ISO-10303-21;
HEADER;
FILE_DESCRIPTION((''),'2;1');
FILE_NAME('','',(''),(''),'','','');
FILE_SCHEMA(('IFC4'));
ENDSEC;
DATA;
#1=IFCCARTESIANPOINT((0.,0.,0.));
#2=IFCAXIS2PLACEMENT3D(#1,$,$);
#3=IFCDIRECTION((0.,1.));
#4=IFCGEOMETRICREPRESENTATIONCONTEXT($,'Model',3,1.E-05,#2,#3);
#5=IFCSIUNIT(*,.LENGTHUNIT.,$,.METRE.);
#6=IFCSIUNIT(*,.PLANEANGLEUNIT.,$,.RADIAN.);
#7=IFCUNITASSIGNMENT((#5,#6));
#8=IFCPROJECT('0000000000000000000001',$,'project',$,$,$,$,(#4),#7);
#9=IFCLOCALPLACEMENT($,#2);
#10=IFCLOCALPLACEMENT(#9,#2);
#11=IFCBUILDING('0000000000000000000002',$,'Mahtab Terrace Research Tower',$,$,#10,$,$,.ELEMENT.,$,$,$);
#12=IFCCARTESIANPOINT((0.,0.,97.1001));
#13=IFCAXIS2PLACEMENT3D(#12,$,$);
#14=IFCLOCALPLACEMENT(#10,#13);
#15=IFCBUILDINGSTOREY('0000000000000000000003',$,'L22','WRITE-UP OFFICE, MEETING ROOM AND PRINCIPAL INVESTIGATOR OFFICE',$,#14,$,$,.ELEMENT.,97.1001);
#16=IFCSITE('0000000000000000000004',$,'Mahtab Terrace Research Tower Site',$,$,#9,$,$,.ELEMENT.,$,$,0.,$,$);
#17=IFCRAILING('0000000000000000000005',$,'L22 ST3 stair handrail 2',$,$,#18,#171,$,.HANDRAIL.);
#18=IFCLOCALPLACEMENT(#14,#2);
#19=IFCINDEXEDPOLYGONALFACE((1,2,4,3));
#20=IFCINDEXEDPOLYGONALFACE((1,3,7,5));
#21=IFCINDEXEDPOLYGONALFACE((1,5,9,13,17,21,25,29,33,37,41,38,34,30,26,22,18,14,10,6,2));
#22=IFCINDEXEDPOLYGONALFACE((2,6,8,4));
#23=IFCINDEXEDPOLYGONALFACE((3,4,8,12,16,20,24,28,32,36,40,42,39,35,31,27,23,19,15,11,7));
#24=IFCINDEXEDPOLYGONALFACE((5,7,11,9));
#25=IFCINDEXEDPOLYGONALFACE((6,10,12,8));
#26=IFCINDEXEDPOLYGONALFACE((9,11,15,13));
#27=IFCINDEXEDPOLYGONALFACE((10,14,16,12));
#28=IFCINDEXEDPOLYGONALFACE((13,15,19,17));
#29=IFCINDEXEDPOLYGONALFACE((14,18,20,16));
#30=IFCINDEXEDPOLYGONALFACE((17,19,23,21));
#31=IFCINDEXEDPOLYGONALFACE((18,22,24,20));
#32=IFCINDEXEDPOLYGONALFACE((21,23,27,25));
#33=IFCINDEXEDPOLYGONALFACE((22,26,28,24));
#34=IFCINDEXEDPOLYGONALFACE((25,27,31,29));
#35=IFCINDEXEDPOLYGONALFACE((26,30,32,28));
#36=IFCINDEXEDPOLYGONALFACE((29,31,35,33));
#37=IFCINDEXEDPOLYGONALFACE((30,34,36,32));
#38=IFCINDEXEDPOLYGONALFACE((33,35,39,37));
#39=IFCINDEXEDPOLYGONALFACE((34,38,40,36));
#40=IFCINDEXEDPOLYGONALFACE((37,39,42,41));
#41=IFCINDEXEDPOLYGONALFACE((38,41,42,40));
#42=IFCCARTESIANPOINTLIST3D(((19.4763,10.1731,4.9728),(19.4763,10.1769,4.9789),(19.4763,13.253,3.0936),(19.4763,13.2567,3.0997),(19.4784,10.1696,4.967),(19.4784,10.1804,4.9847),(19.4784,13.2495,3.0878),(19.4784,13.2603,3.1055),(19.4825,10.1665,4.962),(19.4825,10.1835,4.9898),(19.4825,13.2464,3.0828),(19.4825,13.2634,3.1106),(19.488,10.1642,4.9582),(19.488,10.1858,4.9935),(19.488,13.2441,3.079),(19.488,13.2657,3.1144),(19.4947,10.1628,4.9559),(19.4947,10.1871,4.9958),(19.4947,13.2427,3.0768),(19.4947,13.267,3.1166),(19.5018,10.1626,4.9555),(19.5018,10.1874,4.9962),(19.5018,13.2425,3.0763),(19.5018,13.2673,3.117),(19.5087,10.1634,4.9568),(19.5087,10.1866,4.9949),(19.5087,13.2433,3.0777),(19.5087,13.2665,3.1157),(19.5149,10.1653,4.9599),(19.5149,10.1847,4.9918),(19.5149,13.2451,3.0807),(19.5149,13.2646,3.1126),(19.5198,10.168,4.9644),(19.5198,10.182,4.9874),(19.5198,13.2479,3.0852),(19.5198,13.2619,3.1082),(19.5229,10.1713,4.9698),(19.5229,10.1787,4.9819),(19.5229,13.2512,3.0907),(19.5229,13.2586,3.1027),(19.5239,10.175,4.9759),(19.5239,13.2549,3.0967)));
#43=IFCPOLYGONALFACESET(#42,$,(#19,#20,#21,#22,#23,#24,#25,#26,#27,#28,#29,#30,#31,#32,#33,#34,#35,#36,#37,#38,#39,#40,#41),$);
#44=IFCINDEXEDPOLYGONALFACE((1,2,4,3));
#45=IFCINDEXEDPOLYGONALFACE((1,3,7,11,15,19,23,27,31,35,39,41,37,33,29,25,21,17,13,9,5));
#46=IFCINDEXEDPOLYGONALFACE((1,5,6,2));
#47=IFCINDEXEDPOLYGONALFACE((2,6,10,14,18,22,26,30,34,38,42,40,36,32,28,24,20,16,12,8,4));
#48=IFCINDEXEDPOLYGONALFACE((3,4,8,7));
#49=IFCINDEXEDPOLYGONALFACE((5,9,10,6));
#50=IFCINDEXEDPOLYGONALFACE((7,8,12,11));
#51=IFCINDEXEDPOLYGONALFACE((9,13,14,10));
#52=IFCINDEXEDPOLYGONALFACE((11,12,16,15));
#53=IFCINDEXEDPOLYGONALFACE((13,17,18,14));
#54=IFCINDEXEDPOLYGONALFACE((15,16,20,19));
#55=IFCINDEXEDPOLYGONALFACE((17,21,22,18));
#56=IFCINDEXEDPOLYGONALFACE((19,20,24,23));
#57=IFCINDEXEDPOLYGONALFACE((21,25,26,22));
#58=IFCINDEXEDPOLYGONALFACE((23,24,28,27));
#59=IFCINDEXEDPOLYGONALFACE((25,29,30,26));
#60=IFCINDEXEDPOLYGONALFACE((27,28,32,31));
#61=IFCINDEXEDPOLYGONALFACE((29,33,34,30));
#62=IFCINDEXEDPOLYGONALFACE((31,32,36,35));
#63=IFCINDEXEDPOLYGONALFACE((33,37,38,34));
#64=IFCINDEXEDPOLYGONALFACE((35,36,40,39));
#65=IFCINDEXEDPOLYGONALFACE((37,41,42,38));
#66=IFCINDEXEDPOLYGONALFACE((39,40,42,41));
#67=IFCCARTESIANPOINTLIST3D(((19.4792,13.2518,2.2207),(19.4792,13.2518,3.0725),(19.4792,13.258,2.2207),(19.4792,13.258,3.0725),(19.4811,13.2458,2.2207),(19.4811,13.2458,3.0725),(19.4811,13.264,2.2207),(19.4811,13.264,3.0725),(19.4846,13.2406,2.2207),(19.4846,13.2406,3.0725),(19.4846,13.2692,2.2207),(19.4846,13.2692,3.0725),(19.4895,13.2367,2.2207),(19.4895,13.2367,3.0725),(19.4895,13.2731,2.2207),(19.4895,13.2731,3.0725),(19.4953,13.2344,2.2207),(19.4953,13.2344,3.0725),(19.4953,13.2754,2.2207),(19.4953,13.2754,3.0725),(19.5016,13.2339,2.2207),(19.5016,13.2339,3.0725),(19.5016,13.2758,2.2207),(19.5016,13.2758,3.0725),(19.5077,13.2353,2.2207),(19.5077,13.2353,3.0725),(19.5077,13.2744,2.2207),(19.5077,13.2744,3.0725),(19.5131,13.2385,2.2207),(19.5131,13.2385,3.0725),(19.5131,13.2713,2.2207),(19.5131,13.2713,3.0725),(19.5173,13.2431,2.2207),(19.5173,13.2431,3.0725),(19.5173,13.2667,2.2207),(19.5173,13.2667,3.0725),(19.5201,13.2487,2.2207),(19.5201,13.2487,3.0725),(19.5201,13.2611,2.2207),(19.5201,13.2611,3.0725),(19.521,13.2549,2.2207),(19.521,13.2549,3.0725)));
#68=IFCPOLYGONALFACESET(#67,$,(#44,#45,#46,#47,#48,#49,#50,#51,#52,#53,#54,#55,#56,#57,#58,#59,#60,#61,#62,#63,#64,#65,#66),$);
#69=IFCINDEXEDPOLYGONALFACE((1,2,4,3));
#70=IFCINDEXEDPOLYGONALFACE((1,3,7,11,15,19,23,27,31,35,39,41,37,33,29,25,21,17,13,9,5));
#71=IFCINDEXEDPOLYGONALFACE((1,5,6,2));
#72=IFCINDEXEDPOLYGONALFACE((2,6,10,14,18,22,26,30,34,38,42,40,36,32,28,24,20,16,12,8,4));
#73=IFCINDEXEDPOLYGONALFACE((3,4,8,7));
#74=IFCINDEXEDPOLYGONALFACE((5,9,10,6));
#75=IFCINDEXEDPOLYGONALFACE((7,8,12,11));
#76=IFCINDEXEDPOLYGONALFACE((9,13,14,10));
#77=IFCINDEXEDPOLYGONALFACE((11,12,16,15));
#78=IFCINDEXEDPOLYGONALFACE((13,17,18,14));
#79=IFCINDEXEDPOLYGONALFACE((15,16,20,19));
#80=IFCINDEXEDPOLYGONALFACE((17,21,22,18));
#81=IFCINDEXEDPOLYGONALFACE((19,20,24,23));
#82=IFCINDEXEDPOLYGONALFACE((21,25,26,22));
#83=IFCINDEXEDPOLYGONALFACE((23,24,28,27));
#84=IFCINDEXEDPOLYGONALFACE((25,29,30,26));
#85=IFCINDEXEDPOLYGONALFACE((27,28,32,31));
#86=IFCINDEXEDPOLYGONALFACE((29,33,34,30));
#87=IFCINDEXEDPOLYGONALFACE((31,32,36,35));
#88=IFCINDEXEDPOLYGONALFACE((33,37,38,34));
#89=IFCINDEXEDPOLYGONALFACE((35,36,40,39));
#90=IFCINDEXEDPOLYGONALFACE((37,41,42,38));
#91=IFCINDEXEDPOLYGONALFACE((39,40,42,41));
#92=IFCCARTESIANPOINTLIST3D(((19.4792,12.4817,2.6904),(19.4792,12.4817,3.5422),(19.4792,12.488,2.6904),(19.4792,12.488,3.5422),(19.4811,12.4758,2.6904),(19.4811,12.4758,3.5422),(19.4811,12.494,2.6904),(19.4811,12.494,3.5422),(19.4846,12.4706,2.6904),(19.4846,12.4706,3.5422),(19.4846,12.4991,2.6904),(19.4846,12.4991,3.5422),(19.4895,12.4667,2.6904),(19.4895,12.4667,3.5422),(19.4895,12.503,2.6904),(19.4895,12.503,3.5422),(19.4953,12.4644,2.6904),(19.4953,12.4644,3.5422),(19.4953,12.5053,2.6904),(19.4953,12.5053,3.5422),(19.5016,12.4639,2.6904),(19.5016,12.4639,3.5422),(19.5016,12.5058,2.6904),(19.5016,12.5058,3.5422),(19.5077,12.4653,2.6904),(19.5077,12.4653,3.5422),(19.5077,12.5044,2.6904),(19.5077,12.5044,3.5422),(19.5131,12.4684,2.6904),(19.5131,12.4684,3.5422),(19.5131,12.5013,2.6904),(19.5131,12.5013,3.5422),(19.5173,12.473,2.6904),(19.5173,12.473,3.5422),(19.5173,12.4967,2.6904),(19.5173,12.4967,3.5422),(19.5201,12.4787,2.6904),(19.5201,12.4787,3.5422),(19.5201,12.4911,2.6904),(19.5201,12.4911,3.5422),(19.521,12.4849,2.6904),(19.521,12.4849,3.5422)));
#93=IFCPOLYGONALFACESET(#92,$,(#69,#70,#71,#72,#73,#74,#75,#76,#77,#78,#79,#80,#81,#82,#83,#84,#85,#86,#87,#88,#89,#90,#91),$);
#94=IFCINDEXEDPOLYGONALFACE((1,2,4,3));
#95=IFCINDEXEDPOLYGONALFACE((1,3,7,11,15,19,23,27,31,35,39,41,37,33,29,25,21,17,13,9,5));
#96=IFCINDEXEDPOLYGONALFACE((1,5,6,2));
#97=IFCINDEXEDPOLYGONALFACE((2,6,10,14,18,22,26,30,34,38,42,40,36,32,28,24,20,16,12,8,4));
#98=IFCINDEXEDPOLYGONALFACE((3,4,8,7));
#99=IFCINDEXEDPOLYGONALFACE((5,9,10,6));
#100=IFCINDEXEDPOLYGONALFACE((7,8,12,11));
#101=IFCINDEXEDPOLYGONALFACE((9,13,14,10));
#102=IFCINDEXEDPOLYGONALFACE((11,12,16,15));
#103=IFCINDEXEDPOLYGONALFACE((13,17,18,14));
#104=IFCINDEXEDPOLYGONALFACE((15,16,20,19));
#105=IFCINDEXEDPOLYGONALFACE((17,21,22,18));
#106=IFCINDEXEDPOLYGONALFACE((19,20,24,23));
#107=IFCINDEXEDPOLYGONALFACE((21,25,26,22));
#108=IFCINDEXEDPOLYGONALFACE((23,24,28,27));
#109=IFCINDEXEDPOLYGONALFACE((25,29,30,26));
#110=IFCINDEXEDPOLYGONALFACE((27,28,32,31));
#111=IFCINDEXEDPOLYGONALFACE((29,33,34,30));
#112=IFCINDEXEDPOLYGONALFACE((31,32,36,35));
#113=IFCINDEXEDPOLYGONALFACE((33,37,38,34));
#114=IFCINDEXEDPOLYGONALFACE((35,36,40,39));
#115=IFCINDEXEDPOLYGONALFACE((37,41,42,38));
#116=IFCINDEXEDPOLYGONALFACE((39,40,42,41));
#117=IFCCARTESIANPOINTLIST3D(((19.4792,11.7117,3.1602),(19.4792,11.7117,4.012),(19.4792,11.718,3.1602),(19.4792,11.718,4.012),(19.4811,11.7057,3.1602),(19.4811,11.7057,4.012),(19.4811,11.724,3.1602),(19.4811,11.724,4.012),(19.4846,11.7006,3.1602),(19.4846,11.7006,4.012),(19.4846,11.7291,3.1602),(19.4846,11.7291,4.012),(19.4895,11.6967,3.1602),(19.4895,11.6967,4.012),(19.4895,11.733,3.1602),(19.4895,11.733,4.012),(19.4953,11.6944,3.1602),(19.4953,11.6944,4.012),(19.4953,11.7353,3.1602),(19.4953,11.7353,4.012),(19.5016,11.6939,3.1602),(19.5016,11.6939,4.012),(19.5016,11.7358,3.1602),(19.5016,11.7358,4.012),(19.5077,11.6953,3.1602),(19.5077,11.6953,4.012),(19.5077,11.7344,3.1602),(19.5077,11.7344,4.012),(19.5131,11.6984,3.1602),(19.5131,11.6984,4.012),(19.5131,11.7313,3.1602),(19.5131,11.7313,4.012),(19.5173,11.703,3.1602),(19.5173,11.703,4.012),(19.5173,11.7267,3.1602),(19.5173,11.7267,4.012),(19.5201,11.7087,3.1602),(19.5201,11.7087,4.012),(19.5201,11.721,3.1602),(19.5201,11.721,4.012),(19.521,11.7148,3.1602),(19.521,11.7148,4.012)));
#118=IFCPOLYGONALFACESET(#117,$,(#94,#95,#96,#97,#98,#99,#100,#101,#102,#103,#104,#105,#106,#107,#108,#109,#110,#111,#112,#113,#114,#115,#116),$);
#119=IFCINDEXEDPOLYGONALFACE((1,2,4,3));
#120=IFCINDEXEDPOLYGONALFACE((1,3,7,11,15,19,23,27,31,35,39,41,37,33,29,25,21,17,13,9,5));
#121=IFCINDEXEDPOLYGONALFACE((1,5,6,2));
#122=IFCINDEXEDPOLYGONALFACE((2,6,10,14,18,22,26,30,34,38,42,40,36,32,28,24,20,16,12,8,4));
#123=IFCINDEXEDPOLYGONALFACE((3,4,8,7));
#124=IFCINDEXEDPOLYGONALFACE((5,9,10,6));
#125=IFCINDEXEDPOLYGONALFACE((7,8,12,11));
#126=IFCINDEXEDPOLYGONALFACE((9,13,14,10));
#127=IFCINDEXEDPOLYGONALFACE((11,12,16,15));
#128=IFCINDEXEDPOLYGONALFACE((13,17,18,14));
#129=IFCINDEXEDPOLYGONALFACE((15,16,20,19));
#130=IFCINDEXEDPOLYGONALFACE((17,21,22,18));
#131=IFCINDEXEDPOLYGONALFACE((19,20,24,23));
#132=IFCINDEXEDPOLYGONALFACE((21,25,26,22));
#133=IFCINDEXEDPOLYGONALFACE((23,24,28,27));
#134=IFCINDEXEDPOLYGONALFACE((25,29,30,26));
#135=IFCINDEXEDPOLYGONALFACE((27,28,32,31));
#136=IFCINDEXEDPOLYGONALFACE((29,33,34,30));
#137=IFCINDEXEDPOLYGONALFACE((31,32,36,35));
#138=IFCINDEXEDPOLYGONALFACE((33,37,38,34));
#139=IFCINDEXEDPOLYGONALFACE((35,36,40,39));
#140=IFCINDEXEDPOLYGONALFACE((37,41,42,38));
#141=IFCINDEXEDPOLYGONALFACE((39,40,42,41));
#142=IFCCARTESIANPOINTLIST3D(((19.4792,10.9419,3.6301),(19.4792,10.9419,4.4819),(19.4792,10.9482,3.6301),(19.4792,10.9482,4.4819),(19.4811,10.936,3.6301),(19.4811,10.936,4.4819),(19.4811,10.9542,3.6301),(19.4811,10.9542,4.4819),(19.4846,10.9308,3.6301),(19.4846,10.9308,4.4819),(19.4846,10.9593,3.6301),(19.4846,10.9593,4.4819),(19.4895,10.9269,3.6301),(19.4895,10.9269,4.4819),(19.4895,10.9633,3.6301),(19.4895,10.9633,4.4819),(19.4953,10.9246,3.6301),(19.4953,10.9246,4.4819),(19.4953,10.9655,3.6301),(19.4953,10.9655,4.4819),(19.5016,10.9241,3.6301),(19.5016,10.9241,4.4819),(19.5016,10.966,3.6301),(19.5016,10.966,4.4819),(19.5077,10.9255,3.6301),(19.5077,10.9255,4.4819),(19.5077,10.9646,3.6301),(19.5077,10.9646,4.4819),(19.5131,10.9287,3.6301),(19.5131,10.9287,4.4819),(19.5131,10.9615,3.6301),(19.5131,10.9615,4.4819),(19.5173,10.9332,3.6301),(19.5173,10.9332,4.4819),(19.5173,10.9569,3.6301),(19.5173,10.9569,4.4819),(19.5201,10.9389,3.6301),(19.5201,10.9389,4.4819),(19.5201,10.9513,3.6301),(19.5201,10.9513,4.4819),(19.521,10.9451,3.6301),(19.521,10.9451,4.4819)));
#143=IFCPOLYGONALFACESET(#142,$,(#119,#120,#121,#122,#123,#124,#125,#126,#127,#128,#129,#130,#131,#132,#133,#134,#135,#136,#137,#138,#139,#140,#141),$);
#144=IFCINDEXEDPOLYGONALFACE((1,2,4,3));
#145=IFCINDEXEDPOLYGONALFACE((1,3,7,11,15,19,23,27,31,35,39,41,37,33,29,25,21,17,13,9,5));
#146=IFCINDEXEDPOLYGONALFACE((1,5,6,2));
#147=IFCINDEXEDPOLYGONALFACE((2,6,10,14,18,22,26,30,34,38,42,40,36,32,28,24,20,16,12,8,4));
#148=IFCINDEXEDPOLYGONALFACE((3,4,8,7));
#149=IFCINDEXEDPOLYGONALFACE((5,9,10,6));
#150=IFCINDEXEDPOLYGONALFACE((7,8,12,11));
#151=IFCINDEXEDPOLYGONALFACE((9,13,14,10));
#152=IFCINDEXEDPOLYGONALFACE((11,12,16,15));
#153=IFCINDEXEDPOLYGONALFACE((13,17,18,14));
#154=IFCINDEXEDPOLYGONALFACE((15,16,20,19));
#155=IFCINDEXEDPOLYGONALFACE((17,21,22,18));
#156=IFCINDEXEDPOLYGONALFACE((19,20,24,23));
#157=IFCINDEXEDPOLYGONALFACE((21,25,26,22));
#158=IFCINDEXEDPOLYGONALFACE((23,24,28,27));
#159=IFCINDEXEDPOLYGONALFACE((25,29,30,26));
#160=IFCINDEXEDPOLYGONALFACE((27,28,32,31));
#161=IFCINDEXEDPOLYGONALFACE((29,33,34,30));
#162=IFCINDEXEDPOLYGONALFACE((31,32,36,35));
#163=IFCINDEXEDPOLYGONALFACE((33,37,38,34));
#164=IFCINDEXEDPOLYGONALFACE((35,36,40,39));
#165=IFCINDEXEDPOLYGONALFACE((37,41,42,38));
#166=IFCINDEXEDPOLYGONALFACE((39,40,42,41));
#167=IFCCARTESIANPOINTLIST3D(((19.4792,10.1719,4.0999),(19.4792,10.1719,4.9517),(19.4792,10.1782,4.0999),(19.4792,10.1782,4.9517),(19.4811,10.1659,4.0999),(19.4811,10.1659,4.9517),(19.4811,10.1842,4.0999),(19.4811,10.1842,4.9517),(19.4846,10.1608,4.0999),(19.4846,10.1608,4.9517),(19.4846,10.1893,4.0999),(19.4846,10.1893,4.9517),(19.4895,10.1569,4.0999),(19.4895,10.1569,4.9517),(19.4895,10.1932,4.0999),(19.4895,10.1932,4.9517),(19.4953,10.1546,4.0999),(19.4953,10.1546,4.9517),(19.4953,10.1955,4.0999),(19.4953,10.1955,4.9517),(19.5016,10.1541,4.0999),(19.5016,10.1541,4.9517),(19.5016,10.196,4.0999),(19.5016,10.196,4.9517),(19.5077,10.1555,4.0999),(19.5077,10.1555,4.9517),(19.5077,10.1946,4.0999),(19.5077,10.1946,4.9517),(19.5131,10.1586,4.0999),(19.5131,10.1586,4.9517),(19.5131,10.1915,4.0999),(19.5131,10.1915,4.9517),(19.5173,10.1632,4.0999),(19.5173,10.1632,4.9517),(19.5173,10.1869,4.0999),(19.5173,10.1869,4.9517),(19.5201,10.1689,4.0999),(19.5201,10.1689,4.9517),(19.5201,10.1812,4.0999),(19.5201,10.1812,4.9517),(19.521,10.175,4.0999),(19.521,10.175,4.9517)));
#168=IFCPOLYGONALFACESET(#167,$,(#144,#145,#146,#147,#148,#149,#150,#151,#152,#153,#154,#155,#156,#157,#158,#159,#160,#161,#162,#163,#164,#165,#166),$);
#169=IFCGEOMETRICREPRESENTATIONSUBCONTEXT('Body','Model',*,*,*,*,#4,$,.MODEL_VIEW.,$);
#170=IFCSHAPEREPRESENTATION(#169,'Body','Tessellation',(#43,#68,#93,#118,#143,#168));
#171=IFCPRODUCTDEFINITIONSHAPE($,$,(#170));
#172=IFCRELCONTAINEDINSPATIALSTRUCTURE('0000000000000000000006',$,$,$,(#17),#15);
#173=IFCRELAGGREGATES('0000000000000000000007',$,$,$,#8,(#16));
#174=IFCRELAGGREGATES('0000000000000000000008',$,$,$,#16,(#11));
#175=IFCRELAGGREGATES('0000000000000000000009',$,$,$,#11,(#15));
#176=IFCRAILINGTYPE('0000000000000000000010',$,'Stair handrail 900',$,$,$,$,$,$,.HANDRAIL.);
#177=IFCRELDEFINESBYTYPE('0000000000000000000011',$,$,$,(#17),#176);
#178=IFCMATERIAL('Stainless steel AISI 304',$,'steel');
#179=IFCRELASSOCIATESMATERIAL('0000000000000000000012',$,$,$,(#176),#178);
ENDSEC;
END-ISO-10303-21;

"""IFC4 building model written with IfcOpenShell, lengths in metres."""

from ifc_helpers import new_model, si_unit, direction, frame, origin, origin_2d, place, context, subcontext, project, spatial, circle, extrude, material, type_object, element, save


model = new_model("IFC4")

# Units and contexts
model_context = context("Model", 3, precision=1e-05, world=origin(), true_north=direction((0.0, 1.0)))
body_context = subcontext(model_context, "Body", "Model", "MODEL_VIEW")
ifc_project = project(units=[si_unit("LENGTHUNIT", "METRE"), si_unit("PLANEANGLEUNIT", "RADIAN")], contexts=[model_context])

# Site, building, storey
site_placement = place(None, origin())
site = spatial("IfcSite", under=ifc_project, at=site_placement, Name="Mahtab Terrace Research Tower Site", CompositionType="ELEMENT", RefElevation=0.0)
building_placement = place(site_placement, origin())
building = spatial("IfcBuilding", under=site, at=building_placement, Name="Mahtab Terrace Research Tower", CompositionType="ELEMENT")
storey_placement = place(building_placement, frame((0.0, 0.0, 97.1001)))
storey = spatial("IfcBuildingStorey", under=building, at=storey_placement, Name="L22", Description="WRITE-UP OFFICE, MEETING ROOM AND PRINCIPAL INVESTIGATOR OFFICE", CompositionType="ELEMENT", Elevation=97.1001)

# Shared definitions
ifc_material_1 = material(Name="Stainless steel AISI 304", Category="steel")

# Railing
railing_type_1 = type_object("IfcRailingType", Name="Stair handrail 900", PredefinedType="HANDRAIL", material=ifc_material_1)
railing_1_placement = place(storey_placement, frame((19.5, 13.2549, 2.2207)))
element("IfcRailing", 1, at=railing_1_placement, inside=storey, type_object=railing_type_1, Name="L22 ST3 stair handrail 2", PredefinedType="HANDRAIL", context=body_context, shape_type="SweptSolid", body=[
    extrude(circle(Radius=0.0239, at=origin_2d()), frame((0.0, 0.0, 0.876), z_axis=(0.0, -0.853648, 0.52085), x_axis=(1.0, 0.0, 0.0)), (0.0, 0.0, 1.0), 3.6079),
    extrude(circle(Radius=0.021, at=origin_2d()), origin(), (0.0, 0.0, 1.0), 0.8518),
    extrude(circle(Radius=0.021, at=origin_2d()), frame((0.0, -0.77, 0.4697)), (0.0, 0.0, 1.0), 0.8518),
    extrude(circle(Radius=0.021, at=origin_2d()), frame((0.0, -1.54, 0.9395)), (0.0, 0.0, 1.0), 0.8518),
    extrude(circle(Radius=0.021, at=origin_2d()), frame((0.0, -2.3098, 1.4094)), (0.0, 0.0, 1.0), 0.8518),
    extrude(circle(Radius=0.021, at=origin_2d()), frame((0.0, -3.0798, 1.8792)), (0.0, 0.0, 1.0), 0.8518),
])

save(model, "model.ifc")
